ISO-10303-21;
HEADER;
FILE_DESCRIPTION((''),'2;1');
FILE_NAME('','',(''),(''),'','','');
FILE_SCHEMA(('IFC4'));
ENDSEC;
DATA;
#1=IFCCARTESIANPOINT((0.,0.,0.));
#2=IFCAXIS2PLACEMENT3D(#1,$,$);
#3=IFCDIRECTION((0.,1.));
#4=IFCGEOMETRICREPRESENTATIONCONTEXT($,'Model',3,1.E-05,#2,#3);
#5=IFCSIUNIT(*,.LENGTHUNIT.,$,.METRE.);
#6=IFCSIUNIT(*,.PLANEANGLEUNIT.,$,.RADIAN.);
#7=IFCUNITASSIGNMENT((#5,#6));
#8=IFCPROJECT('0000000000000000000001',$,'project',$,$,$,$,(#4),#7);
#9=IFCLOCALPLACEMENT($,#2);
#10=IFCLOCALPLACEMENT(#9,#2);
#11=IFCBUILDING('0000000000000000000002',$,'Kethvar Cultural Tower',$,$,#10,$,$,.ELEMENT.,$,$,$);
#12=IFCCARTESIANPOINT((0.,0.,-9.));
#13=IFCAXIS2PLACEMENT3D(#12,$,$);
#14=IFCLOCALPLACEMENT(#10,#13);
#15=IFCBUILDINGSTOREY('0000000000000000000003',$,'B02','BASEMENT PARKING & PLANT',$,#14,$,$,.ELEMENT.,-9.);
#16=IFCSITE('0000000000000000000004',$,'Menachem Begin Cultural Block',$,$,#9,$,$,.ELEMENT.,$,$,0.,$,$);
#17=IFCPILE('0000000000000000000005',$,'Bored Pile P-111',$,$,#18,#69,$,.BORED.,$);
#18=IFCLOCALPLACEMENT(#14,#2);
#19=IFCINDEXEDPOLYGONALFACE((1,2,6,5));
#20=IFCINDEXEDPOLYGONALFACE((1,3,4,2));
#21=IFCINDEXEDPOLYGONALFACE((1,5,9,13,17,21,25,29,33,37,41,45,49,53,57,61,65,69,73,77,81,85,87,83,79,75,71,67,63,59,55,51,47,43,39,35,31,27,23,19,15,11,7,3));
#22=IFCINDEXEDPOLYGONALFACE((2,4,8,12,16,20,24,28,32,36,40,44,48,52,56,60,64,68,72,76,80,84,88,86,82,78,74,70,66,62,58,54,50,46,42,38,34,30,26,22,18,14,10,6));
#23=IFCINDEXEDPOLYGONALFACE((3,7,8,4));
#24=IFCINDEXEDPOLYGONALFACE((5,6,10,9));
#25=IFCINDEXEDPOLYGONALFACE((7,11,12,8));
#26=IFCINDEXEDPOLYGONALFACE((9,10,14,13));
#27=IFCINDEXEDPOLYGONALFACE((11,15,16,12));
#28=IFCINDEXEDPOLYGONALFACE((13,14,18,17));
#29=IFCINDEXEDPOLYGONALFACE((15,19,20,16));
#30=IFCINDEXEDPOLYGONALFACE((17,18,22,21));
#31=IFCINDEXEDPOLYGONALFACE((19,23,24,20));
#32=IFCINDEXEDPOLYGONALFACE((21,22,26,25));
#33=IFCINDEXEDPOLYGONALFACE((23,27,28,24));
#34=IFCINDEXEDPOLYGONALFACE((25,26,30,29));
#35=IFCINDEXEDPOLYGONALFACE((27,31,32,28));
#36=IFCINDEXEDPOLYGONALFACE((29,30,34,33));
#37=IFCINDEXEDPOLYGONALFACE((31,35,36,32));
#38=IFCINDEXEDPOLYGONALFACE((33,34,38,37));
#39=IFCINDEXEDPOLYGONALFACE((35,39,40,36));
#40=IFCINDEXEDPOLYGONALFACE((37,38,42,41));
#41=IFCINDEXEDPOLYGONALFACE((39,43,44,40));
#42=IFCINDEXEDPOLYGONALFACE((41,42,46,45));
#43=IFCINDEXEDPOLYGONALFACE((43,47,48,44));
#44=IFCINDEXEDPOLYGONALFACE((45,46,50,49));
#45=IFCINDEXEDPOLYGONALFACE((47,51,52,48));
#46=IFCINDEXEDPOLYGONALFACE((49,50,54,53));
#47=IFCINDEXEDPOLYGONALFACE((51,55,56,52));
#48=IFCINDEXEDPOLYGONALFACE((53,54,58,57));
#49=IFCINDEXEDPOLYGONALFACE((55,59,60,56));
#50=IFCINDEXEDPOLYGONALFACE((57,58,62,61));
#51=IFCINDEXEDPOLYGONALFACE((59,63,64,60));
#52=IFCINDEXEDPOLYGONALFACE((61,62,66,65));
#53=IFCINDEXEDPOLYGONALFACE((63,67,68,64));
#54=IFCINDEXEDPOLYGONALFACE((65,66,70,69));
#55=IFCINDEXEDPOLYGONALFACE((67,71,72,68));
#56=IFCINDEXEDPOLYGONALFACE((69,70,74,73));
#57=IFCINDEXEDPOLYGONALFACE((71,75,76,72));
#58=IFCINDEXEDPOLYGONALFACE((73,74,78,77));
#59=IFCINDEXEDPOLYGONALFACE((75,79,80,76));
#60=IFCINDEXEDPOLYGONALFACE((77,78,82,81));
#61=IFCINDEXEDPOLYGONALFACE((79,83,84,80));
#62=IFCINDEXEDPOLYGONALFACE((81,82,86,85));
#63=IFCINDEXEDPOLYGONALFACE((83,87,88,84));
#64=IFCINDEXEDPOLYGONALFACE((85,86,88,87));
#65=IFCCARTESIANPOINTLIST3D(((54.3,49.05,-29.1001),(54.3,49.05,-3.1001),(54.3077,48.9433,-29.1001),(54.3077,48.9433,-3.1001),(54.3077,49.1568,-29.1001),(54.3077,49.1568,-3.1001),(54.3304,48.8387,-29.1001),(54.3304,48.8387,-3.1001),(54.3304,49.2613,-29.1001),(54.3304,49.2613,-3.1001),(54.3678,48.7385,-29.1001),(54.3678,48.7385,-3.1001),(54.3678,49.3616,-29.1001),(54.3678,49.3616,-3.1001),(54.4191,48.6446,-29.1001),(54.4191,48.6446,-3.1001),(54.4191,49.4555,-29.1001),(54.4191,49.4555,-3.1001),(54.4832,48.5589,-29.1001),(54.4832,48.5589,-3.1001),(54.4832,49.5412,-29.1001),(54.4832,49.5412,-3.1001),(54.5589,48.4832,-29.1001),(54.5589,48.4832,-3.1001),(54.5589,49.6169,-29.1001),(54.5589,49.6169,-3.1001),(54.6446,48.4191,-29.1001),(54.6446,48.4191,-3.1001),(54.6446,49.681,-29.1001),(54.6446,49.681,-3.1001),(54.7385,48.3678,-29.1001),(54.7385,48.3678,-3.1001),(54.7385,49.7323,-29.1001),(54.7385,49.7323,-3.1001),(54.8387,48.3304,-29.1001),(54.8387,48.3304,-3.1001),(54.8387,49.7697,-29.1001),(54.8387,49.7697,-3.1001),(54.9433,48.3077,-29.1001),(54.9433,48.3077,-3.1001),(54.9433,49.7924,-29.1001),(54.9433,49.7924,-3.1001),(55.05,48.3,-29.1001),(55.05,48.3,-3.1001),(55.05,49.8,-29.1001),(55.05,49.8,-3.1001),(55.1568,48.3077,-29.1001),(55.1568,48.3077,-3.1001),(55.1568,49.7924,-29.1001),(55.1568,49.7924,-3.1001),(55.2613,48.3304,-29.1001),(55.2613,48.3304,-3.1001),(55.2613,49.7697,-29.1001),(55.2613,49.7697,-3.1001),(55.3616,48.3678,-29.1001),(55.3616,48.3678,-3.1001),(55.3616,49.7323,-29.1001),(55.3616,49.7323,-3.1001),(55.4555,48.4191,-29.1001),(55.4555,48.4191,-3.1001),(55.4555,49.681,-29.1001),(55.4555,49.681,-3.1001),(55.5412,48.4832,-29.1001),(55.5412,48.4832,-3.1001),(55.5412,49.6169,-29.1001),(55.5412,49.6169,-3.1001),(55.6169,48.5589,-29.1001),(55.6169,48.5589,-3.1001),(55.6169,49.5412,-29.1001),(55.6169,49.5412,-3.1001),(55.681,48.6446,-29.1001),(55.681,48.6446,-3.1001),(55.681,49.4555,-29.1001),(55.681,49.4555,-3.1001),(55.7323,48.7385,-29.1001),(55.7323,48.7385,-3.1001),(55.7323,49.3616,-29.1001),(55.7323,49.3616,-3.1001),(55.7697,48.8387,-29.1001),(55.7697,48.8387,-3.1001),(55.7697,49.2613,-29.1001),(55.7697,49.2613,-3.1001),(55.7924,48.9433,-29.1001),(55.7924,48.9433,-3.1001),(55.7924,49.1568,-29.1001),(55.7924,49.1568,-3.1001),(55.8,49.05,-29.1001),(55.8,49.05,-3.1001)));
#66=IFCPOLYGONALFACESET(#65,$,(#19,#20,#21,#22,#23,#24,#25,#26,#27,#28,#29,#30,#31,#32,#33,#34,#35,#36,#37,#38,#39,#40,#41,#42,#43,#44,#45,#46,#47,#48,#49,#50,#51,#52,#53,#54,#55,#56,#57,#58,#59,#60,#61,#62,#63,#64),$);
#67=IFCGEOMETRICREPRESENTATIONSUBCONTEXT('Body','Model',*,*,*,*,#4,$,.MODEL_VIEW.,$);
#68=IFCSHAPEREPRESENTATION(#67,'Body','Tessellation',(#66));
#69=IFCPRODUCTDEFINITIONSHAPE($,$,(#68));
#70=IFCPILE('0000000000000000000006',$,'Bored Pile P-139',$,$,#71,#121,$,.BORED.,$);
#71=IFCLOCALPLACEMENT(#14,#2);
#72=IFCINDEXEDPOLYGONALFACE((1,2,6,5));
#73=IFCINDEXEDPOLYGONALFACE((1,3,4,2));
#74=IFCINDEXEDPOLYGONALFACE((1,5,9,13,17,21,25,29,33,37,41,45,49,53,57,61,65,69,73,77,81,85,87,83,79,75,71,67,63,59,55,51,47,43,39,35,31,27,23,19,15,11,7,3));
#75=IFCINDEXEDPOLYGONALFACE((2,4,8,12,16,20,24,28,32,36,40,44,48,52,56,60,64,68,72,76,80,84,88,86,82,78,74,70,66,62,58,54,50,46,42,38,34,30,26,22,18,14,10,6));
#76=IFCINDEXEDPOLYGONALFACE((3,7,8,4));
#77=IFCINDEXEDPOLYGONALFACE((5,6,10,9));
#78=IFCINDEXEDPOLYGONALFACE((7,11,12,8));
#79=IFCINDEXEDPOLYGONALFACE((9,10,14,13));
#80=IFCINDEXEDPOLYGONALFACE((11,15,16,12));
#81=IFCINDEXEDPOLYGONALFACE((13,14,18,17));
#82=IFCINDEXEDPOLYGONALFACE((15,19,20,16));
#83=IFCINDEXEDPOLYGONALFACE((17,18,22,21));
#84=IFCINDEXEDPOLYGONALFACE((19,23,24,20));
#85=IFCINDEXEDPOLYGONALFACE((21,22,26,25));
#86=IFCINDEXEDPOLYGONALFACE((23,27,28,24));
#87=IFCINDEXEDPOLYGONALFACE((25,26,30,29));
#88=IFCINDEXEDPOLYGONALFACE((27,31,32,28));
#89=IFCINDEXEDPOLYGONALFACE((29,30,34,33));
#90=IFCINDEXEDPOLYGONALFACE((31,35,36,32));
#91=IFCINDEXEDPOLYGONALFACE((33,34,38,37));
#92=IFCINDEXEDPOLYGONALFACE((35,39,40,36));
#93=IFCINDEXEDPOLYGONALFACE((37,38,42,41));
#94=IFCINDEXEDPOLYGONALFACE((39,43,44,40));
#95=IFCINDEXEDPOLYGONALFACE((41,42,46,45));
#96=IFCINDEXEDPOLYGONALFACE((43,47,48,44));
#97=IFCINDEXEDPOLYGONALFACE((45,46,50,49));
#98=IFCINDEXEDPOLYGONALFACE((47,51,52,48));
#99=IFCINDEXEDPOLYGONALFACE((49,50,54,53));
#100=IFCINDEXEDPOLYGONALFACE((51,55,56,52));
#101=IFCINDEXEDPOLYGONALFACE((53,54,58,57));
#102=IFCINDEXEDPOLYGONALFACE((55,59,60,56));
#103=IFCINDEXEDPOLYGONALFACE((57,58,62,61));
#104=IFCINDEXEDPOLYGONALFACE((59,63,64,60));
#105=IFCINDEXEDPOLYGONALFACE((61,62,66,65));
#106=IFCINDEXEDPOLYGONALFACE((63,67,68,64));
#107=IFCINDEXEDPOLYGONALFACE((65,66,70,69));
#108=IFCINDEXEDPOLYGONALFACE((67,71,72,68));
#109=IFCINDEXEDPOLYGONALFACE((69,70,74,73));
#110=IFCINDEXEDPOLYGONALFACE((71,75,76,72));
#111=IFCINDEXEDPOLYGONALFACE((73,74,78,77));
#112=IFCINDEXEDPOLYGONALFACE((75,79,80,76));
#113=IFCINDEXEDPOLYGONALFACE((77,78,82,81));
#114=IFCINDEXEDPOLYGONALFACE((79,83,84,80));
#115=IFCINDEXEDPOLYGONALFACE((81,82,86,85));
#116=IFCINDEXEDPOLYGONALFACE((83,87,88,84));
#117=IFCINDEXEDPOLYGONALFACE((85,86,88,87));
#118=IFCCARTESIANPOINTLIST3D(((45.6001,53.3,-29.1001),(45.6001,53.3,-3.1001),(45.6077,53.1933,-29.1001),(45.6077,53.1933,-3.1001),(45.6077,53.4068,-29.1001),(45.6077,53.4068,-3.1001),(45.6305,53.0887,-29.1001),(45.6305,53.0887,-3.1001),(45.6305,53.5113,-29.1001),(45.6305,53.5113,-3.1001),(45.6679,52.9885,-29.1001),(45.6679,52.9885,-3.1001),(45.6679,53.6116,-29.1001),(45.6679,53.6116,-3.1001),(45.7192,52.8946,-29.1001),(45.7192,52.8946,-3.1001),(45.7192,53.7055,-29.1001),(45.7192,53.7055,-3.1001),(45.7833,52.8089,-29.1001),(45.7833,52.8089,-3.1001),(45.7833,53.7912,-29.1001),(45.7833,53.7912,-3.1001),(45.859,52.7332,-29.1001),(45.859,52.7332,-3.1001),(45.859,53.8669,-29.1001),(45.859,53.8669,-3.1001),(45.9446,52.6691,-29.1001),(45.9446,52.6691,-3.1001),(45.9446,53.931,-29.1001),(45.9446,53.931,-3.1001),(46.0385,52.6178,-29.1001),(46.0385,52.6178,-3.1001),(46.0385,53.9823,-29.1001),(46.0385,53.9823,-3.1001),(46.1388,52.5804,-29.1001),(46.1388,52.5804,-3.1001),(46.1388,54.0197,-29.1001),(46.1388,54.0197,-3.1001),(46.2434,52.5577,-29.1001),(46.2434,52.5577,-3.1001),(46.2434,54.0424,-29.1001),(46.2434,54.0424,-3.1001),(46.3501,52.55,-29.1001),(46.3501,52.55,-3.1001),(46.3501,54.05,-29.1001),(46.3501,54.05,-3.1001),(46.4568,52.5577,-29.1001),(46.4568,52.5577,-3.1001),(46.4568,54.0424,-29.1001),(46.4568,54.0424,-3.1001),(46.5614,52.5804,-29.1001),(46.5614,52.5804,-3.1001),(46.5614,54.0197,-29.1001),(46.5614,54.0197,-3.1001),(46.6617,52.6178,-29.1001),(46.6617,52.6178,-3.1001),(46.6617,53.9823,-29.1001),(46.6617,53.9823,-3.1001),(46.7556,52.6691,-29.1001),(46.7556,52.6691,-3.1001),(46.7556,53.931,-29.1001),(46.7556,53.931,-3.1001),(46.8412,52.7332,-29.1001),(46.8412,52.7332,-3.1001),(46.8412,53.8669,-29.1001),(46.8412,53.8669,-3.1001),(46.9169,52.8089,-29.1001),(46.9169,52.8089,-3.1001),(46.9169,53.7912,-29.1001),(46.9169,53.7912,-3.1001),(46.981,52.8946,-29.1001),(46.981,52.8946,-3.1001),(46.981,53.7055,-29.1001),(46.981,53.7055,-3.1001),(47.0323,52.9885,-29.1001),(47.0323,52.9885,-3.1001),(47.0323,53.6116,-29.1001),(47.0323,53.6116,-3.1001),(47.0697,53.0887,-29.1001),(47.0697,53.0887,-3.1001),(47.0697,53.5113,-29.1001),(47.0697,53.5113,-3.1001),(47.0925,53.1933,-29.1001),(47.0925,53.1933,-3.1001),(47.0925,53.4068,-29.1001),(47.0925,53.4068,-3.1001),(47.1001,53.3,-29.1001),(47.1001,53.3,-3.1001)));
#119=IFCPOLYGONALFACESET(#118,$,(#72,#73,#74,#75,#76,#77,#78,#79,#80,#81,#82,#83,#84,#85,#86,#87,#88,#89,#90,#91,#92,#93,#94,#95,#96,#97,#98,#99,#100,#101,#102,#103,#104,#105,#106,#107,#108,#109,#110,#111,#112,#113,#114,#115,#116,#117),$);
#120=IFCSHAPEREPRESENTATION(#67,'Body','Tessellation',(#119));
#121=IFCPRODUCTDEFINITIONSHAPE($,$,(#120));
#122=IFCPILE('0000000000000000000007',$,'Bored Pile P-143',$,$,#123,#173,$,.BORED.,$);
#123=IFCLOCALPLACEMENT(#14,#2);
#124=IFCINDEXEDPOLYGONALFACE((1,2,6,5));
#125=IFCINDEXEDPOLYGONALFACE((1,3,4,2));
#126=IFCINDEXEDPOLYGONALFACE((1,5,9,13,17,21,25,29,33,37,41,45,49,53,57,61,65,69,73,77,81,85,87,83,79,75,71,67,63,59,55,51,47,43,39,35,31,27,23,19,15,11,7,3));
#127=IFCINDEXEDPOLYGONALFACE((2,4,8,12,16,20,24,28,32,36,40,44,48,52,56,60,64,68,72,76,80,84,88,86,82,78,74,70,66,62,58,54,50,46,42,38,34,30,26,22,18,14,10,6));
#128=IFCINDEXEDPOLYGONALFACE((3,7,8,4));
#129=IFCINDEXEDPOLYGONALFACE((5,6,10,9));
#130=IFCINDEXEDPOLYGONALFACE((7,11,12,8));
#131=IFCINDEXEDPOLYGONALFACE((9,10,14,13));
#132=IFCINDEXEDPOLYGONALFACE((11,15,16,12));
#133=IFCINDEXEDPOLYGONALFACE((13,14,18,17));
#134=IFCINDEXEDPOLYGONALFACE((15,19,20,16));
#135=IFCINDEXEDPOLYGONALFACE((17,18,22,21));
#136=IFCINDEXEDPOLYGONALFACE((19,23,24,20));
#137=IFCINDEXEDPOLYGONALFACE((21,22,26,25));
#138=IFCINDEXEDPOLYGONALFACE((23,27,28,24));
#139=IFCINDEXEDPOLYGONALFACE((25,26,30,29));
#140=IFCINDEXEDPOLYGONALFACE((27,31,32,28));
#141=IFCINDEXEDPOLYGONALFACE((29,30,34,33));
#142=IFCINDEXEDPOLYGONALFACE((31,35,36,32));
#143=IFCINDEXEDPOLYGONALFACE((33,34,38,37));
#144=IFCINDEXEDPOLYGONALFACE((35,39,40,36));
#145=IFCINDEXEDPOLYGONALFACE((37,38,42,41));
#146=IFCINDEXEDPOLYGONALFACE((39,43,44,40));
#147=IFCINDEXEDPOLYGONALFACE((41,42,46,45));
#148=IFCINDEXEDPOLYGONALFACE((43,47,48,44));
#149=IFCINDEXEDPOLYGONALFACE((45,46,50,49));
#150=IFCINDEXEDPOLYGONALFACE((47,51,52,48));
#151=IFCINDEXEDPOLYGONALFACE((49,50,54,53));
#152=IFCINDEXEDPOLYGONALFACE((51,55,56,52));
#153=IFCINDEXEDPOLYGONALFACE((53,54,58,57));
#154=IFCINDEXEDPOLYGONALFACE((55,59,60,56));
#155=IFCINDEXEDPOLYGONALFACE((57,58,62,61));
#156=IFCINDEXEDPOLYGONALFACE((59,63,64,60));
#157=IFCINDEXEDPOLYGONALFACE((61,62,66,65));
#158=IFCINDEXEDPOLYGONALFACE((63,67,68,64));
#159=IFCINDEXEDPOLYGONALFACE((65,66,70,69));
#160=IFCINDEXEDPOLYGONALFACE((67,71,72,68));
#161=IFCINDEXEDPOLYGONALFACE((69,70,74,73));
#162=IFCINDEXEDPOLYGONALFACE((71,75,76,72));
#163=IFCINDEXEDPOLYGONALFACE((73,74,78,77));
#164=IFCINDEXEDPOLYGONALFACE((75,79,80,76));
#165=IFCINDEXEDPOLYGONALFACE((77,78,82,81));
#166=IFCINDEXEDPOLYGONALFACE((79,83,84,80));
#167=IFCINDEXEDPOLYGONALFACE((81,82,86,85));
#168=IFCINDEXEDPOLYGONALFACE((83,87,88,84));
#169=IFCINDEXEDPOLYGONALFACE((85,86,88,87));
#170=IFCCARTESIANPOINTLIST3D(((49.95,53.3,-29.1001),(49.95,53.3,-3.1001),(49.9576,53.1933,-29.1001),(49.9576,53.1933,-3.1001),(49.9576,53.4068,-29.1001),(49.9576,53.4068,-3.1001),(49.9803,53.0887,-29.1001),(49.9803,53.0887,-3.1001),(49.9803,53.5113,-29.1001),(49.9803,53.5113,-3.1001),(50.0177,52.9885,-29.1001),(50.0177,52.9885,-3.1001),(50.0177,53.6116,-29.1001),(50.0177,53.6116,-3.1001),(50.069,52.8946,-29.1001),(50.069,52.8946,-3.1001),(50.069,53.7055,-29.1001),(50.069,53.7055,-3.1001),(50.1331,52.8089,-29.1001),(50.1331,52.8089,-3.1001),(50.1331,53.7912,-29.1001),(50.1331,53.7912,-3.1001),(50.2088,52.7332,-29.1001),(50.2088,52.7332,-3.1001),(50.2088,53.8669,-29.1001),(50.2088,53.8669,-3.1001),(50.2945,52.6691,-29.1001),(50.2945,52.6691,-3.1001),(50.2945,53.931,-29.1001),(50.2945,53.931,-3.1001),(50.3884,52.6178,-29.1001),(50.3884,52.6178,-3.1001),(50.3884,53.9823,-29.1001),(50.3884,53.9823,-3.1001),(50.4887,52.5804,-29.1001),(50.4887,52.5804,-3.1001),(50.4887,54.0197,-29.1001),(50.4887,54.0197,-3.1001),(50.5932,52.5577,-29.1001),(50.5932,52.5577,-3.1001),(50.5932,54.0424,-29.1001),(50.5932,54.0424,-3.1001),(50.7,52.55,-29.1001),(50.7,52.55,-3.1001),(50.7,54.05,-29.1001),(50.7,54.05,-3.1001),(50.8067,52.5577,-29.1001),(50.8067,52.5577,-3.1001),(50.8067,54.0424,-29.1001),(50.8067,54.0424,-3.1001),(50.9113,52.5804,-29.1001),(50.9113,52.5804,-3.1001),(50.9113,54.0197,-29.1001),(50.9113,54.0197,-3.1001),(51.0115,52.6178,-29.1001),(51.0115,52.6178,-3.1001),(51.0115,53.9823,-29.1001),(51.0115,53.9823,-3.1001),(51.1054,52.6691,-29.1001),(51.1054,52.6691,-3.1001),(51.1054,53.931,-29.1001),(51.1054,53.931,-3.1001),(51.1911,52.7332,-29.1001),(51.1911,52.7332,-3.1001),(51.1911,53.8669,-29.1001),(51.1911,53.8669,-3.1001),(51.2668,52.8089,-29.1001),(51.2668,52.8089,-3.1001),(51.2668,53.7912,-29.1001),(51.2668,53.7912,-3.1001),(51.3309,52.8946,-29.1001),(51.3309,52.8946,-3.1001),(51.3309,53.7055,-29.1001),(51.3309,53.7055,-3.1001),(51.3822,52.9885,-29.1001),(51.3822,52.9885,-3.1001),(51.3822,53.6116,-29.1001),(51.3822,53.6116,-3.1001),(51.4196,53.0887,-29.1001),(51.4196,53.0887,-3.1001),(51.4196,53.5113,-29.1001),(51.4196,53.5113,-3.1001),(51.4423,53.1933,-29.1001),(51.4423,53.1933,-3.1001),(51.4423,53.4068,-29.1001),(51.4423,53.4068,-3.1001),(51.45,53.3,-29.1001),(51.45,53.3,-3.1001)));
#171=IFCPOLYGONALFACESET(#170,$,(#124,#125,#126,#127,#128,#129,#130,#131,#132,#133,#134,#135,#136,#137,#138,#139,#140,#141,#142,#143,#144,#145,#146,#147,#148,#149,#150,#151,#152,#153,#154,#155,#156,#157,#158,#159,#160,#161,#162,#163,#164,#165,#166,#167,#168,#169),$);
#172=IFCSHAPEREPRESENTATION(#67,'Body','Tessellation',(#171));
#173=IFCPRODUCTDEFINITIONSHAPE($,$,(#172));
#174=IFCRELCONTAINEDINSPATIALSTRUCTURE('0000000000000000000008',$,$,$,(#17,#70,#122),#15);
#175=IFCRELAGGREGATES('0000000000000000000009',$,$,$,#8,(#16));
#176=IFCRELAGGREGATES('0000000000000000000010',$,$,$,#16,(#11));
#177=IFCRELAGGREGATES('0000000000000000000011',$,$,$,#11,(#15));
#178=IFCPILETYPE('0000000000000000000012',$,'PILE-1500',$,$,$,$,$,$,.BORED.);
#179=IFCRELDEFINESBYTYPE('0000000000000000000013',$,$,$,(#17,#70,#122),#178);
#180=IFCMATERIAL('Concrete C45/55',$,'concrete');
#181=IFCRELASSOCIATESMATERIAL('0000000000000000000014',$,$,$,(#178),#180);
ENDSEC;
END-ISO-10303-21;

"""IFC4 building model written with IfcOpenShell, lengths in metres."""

from ifc_helpers import new_model, si_unit, direction, frame, origin, origin_2d, place, context, subcontext, project, spatial, circle, extrude, source, transform, mapped, material, material_profile, profile_set, type_object, element, save


model = new_model("IFC4")

# Units and contexts
model_context = context("Model", 3, precision=1e-05, world=origin(), true_north=direction((0.0, 1.0)))
body_context = subcontext(model_context, "Body", "Model", "MODEL_VIEW")
ifc_project = project(units=[si_unit("LENGTHUNIT", "METRE"), si_unit("PLANEANGLEUNIT", "RADIAN")], contexts=[model_context])

# Site, building, storey
site_placement = place(None, origin())
site = spatial("IfcSite", under=ifc_project, at=site_placement, Name="Menachem Begin Cultural Block", CompositionType="ELEMENT", RefElevation=0.0)
building_placement = place(site_placement, origin())
building = spatial("IfcBuilding", under=site, at=building_placement, Name="Kethvar Cultural Tower", CompositionType="ELEMENT")
storey_placement = place(building_placement, frame((0.0, 0.0, -9.0)))
storey = spatial("IfcBuildingStorey", under=building, at=storey_placement, Name="B02", Description="BASEMENT PARKING & PLANT", CompositionType="ELEMENT", Elevation=-9.0)

# Piles
ifc_material_1 = material(Name="Concrete C45/55", Category="concrete")
ifc_material_profile_1 = material_profile(ifc_material_1, circle(Radius=0.75, at=origin_2d()), Name="Concrete C45/55 — PILE1500")
ifc_profile_set_1 = profile_set([ifc_material_profile_1], Name="Concrete C45/55 — PILE1500")
pile_type = type_object("IfcPileType", Name="PILE-1500", PredefinedType="BORED", material=ifc_profile_set_1)
shared_shape_1 = source(origin(), body_context, "Body", "SweptSolid", [
    extrude(circle(Radius=0.75, at=origin_2d()), origin(), (0.0, 0.0, 1.0), 26.0),
])
for number, where, z_axis, x_axis, name in (
    (1, (55.05, 49.05, -3.1001), (0.0, 0.0, -1.0), (1.0, 0.0, 0.0), "Bored Pile P-111"),
    (2, (46.3501, 53.3, -3.1001), (0.0, 0.0, -1.0), (1.0, 0.0, 0.0), "Bored Pile P-139"),
    (3, (50.7, 53.3, -3.1001), (0.0, 0.0, -1.0), (1.0, 0.0, 0.0), "Bored Pile P-143"),
):
    element("IfcPile", number, at=place(storey_placement, frame(where, z_axis=z_axis, x_axis=x_axis)), inside=storey, type_object=pile_type, Name=name, PredefinedType="BORED", context=body_context, shape_type="MappedRepresentation", body=[
        mapped(shared_shape_1, transform((0.0, 0.0, 0.0), scale=1.0)),
    ])

save(model, "model.ifc")
